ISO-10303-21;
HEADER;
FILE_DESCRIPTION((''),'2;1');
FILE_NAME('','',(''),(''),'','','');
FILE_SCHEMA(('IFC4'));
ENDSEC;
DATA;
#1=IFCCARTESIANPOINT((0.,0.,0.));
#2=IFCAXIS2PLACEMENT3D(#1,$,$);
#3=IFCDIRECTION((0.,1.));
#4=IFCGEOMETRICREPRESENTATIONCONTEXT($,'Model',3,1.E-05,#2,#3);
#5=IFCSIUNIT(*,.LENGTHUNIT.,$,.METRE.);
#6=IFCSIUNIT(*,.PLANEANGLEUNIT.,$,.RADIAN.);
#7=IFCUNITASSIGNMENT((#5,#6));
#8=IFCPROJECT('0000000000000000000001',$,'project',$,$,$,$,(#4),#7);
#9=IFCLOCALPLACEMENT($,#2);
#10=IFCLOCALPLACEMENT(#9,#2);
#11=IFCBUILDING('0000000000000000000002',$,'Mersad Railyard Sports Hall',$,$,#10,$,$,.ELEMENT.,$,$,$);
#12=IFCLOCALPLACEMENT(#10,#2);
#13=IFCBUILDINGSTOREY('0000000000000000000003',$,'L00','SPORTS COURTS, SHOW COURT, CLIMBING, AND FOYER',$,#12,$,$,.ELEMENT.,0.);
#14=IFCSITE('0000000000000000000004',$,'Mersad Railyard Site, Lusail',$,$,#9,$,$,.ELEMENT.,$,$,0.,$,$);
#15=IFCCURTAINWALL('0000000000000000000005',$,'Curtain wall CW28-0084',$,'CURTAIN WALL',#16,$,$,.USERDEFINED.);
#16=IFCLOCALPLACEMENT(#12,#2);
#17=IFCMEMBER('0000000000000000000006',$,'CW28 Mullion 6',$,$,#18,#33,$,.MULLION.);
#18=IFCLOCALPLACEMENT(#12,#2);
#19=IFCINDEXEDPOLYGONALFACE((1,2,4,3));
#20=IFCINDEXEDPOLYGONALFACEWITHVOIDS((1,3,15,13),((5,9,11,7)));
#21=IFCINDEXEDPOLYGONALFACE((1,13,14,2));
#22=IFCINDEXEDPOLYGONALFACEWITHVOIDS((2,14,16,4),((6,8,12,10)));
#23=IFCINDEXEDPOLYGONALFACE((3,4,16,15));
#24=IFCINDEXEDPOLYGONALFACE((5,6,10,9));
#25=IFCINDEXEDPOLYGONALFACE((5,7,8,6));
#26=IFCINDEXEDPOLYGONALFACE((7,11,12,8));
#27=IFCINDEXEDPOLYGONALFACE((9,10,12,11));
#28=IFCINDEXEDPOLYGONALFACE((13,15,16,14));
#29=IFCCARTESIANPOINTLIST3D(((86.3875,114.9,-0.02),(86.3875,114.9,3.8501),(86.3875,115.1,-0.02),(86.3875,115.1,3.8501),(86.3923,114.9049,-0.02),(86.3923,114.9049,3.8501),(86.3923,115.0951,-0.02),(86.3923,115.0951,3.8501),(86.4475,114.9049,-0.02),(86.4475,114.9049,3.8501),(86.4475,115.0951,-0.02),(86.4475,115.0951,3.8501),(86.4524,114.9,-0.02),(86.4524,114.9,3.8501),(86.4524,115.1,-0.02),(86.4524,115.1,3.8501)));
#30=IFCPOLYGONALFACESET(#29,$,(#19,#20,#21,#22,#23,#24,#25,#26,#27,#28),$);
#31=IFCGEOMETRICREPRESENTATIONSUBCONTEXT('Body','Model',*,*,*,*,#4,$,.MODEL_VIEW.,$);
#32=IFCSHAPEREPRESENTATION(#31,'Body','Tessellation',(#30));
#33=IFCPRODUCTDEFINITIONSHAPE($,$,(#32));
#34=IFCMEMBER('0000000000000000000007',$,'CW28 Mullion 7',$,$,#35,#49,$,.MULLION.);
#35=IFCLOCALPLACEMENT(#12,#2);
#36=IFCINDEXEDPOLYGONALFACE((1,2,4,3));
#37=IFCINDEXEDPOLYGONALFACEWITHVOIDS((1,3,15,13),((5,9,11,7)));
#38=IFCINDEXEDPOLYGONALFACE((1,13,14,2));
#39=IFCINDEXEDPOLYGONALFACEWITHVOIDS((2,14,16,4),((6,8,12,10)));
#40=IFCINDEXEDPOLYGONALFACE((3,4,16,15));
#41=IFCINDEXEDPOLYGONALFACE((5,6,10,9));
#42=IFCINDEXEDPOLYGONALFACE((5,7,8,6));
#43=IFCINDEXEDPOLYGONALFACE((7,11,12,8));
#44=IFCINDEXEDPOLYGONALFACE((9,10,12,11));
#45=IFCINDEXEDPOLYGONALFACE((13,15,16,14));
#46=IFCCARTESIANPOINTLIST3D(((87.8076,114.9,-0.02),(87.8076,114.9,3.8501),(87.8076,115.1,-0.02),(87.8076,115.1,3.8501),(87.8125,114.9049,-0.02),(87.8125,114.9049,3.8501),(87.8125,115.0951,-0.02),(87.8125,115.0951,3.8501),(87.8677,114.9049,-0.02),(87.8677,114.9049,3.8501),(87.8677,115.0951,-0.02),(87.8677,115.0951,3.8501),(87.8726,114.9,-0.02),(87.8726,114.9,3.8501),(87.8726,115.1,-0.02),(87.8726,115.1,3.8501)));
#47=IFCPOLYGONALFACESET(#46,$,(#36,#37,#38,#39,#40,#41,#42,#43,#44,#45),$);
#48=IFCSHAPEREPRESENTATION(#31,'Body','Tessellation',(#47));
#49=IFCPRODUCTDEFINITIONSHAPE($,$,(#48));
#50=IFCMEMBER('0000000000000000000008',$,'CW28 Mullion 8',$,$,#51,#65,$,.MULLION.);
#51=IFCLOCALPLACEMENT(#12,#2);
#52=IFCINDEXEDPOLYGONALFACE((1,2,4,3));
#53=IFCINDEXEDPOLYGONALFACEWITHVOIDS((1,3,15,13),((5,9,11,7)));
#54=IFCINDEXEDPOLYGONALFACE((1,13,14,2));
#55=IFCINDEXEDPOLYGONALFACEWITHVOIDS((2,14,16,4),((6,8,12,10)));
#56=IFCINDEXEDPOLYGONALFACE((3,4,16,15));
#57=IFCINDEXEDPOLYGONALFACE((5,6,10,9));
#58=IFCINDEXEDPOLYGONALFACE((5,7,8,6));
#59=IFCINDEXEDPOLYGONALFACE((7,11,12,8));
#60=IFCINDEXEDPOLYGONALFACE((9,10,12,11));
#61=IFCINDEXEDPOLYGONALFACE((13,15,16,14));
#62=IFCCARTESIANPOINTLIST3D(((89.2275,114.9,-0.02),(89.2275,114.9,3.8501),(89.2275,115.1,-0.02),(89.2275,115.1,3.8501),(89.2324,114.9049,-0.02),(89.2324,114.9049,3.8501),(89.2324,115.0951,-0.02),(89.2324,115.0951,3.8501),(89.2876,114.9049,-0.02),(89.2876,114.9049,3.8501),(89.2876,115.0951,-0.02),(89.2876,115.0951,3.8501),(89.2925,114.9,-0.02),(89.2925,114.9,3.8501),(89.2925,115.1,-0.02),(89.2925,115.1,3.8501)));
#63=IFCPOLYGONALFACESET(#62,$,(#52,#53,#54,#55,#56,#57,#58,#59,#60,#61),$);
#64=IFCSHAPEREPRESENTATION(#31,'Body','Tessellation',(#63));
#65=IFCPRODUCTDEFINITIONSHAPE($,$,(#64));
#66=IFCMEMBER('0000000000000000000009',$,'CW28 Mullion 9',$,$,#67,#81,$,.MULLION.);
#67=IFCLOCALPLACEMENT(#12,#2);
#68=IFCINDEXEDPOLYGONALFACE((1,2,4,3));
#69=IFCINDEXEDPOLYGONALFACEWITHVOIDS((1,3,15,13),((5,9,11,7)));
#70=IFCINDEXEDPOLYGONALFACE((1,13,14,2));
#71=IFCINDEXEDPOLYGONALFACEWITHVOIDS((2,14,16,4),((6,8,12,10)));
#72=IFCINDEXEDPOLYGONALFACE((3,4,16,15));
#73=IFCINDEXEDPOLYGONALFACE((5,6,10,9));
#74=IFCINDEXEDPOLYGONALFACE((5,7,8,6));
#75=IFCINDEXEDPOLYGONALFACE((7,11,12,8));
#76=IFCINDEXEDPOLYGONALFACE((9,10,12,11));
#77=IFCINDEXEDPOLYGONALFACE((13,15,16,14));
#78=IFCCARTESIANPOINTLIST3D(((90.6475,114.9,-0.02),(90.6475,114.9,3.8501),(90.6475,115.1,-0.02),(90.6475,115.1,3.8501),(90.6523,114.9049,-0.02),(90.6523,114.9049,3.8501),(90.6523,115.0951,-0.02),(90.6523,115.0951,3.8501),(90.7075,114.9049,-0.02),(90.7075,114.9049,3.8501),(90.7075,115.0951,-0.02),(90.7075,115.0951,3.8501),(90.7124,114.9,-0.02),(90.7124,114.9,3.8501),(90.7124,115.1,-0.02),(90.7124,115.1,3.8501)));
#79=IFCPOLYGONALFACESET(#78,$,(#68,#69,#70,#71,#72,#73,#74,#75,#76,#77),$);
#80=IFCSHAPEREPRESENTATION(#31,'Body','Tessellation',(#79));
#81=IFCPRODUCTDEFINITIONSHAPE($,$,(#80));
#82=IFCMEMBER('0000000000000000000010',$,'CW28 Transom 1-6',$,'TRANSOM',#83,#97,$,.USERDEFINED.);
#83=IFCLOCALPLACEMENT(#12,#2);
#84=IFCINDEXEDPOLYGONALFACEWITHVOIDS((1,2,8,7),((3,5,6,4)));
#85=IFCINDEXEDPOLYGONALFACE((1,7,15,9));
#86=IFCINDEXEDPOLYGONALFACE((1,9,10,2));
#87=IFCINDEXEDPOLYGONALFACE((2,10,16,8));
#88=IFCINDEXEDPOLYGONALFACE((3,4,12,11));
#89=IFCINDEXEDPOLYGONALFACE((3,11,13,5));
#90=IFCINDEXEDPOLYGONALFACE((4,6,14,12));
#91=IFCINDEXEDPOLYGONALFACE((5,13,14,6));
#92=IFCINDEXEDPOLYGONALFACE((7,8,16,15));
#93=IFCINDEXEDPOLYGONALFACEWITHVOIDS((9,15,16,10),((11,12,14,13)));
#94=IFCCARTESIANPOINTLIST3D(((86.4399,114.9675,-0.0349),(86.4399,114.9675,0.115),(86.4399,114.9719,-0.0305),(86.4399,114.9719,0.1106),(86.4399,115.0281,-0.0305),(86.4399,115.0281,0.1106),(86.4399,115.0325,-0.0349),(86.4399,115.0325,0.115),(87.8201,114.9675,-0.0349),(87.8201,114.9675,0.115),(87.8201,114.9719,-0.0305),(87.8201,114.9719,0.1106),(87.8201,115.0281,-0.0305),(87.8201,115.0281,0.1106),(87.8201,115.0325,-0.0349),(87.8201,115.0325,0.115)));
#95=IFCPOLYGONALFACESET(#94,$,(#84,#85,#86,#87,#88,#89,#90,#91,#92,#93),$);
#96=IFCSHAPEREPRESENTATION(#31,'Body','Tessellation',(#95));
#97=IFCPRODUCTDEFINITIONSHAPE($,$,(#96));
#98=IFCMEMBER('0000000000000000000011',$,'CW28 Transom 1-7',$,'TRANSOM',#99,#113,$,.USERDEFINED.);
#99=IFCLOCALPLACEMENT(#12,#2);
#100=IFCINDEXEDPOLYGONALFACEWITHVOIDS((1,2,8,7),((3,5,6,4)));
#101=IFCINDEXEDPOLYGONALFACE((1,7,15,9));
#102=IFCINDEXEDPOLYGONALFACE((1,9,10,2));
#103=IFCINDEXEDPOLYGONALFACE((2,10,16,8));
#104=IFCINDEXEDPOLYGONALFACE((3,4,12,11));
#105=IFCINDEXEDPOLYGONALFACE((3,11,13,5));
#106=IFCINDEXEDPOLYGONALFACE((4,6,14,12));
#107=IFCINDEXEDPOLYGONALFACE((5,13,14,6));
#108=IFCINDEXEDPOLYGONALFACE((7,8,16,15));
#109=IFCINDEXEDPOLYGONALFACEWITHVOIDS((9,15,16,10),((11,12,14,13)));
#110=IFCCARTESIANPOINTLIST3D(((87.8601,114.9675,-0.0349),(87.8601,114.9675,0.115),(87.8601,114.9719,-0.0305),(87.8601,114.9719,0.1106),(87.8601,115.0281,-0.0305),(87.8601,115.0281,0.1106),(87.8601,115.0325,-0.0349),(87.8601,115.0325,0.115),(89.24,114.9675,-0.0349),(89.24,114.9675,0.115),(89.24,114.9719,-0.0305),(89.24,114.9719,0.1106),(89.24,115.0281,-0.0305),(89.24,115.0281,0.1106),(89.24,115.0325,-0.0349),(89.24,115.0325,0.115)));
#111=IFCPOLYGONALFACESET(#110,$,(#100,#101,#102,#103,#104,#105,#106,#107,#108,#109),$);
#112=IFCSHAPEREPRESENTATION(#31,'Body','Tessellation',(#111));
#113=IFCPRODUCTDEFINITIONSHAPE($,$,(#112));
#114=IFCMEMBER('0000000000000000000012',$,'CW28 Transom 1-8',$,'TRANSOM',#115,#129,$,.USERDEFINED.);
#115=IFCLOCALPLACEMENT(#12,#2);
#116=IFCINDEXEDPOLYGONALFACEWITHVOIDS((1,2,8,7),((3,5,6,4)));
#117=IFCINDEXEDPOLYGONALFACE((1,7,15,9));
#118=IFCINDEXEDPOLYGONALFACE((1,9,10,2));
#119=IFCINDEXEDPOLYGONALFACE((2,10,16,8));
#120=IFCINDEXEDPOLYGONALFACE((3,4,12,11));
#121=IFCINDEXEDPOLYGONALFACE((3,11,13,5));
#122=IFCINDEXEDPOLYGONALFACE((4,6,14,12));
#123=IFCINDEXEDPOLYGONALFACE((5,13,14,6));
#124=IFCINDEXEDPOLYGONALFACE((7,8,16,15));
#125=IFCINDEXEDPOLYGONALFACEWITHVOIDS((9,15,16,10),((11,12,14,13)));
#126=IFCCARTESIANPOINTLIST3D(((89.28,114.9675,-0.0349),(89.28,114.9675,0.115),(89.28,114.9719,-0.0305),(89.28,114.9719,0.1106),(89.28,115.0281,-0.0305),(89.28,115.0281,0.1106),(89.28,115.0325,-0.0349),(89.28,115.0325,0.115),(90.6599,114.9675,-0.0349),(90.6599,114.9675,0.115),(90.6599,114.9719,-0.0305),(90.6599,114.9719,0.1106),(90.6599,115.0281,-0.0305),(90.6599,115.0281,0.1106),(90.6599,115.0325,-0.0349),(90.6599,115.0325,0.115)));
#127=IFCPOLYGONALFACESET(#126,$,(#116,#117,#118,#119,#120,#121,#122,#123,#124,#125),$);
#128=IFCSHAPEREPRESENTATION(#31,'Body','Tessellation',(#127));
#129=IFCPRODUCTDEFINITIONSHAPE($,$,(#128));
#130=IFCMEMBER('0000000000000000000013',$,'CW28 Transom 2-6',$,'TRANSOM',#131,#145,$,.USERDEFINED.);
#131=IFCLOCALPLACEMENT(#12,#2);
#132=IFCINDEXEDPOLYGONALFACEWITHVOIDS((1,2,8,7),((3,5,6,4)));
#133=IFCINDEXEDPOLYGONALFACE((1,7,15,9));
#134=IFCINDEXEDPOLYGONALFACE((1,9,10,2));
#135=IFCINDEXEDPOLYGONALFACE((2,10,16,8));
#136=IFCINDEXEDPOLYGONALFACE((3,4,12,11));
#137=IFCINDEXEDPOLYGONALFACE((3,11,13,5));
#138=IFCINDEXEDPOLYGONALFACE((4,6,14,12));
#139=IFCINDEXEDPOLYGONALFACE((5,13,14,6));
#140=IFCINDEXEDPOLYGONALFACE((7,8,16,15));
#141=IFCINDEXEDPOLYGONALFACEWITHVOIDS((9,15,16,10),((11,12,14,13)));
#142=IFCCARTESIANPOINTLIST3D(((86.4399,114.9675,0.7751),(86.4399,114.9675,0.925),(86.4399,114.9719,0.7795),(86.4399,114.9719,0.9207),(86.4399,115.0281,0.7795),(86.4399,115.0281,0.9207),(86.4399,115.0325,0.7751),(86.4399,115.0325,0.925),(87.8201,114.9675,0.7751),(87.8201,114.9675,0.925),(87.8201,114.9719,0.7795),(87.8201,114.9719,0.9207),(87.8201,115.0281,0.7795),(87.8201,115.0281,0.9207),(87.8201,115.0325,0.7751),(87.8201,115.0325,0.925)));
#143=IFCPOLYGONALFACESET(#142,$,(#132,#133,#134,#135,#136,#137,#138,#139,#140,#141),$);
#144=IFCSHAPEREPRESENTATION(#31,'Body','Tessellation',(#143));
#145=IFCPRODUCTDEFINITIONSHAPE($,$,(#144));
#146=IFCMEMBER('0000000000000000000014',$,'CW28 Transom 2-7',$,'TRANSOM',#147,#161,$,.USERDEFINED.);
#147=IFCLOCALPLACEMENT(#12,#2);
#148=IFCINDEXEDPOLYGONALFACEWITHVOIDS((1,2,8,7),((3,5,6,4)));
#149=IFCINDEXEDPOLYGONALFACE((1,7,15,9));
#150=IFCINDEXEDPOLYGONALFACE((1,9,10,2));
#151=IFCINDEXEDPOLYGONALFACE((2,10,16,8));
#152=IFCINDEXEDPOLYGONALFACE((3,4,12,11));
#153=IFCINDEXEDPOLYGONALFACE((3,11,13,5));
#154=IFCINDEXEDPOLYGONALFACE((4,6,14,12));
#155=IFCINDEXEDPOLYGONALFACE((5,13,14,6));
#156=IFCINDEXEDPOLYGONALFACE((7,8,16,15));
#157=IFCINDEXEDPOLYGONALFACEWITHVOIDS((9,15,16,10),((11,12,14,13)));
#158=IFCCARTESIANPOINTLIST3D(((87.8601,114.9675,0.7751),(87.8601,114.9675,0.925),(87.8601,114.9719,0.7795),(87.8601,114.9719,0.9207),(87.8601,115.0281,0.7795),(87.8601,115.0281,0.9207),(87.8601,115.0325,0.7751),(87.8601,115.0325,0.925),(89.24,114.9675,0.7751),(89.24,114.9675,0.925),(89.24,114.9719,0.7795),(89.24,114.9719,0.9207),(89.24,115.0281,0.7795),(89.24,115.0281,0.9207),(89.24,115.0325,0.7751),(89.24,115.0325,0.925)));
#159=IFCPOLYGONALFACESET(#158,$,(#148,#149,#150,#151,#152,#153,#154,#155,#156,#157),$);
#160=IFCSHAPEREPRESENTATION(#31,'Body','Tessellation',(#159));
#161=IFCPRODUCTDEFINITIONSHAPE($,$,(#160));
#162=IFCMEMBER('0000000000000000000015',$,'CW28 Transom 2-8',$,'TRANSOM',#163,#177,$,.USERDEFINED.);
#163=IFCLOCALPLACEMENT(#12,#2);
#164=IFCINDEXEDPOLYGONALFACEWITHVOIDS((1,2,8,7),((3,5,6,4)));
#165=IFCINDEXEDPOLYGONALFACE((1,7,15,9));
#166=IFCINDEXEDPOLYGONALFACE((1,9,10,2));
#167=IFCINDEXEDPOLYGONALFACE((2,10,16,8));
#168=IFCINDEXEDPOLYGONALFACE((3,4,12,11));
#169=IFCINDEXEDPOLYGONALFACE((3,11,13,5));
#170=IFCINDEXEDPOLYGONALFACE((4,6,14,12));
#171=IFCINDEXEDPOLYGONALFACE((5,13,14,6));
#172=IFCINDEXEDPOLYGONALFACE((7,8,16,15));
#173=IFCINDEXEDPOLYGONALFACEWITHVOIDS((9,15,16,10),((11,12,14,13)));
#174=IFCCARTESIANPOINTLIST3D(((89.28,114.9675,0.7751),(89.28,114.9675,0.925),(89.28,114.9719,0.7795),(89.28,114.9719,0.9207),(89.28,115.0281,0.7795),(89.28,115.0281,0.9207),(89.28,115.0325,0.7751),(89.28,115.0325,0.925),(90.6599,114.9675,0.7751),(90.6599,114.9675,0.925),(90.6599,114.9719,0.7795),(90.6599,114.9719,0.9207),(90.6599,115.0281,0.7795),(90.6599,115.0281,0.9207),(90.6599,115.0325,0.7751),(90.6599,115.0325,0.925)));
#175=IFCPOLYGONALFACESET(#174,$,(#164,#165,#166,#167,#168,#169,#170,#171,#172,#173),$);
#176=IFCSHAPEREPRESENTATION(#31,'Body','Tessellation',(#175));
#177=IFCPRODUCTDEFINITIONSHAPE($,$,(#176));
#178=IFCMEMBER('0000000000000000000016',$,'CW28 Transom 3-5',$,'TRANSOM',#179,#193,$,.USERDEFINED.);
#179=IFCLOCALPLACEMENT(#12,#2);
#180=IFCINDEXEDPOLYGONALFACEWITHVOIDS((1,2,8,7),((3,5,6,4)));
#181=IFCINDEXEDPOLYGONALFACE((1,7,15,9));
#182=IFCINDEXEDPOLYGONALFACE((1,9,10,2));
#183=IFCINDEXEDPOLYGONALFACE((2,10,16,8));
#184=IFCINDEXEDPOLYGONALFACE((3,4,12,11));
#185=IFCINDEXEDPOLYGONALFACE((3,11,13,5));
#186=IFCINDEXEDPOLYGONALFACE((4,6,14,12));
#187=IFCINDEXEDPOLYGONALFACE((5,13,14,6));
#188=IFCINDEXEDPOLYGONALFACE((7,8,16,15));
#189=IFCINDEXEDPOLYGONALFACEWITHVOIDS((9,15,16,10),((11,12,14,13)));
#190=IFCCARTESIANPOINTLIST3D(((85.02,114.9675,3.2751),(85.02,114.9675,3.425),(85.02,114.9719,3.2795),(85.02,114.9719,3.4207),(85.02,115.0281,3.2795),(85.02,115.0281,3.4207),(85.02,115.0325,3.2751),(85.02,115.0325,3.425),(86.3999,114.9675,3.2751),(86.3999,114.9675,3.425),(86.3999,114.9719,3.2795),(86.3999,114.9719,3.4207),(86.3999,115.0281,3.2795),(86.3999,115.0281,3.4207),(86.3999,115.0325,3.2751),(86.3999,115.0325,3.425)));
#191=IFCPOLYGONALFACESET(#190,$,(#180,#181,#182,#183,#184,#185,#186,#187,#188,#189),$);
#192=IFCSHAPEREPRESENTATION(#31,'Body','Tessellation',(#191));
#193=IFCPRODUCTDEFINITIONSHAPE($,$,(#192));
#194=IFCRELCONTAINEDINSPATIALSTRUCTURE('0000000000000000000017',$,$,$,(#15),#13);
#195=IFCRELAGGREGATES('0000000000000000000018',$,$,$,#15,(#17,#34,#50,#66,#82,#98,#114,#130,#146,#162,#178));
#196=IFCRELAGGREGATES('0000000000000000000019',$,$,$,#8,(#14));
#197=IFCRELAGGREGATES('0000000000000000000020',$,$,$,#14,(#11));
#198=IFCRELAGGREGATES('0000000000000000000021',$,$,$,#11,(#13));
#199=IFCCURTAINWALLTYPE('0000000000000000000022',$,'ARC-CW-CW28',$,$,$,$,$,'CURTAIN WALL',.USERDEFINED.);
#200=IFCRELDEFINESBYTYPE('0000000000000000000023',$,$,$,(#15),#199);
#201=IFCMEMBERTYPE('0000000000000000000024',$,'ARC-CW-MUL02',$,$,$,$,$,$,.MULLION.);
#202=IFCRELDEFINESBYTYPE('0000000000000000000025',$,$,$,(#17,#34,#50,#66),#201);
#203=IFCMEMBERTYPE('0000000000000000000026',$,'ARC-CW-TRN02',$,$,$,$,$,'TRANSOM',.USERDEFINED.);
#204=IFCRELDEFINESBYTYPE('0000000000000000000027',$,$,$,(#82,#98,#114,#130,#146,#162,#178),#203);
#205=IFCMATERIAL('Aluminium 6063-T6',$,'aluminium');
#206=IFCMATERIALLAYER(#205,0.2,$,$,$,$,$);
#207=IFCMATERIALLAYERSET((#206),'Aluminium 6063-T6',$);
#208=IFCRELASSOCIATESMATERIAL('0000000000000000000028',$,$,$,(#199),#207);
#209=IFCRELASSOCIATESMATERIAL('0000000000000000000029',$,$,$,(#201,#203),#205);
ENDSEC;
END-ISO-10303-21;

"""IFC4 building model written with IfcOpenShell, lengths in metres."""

from ifc_helpers import new_model, si_unit, direction, frame, origin, origin_2d, place, context, subcontext, project, spatial, hollow_rectangle, extrude, material, layer, layer_set, material_profile, profile_set, type_object, element, aggregate, save


model = new_model("IFC4")

# Units and contexts
model_context = context("Model", 3, precision=1e-05, world=origin(), true_north=direction((0.0, 1.0)))
body_context = subcontext(model_context, "Body", "Model", "MODEL_VIEW")
ifc_project = project(units=[si_unit("LENGTHUNIT", "METRE"), si_unit("PLANEANGLEUNIT", "RADIAN")], contexts=[model_context])

# Site, building, storey
site_placement = place(None, origin())
site = spatial("IfcSite", under=ifc_project, at=site_placement, Name="Mersad Railyard Site, Lusail", CompositionType="ELEMENT", RefElevation=0.0)
building_placement = place(site_placement, origin())
building = spatial("IfcBuilding", under=site, at=building_placement, Name="Mersad Railyard Sports Hall", CompositionType="ELEMENT")
storey_placement = place(building_placement, origin())
storey = spatial("IfcBuildingStorey", under=building, at=storey_placement, Name="L00", Description="SPORTS COURTS, SHOW COURT, CLIMBING, AND FOYER", CompositionType="ELEMENT", Elevation=0.0)

# Curtain wall, members
ifc_material_1 = material(Name="Aluminium 6063-T6", Category="aluminium")
ifc_layer_1 = layer(ifc_material_1, 0.2)
ifc_layer_set_1 = layer_set([ifc_layer_1], Name="Aluminium 6063-T6")
curtain_wall_type = type_object("IfcCurtainWallType", Name="ARC-CW-CW28", ElementType="CURTAIN WALL", PredefinedType="USERDEFINED", material=ifc_layer_set_1)
curtain_wall_placement = place(storey_placement, origin())
curtain_wall = element("IfcCurtainWall", 1, at=curtain_wall_placement, inside=storey, type_object=curtain_wall_type, Name="Curtain wall CW28-0084", ObjectType="CURTAIN WALL", PredefinedType="USERDEFINED")
ifc_material_profile_1 = material_profile(ifc_material_1, hollow_rectangle(XDim=0.0649, YDim=0.2, WallThickness=0.0049, at=origin_2d()), Name="AL MULLION 65x200x5")
ifc_profile_set_1 = profile_set([ifc_material_profile_1], Name="Aluminium 6063-T6")
member_type_1 = type_object("IfcMemberType", Name="ARC-CW-MUL02", PredefinedType="MULLION", material=ifc_profile_set_1)
member_1_placement = place(storey_placement, frame((86.4199, 115.0, -0.02), z_axis=(0.0, 0.0, 1.0), x_axis=(1.0, 0.0, 0.0)))
member_1 = element("IfcMember", 2, at=member_1_placement, type_object=member_type_1, Name="CW28 Mullion 6", PredefinedType="MULLION", context=body_context, shape_type="SweptSolid", body=[
    extrude(hollow_rectangle(XDim=0.0649, YDim=0.2, WallThickness=0.0049, at=origin_2d()), origin(), (0.0, 0.0, 1.0), 3.8701),
])
member_2_placement = place(storey_placement, frame((87.8401, 115.0, -0.02), z_axis=(0.0, 0.0, 1.0), x_axis=(1.0, 0.0, 0.0)))
member_2 = element("IfcMember", 3, at=member_2_placement, type_object=member_type_1, Name="CW28 Mullion 7", PredefinedType="MULLION", context=body_context, shape_type="SweptSolid", body=[
    extrude(hollow_rectangle(XDim=0.0649, YDim=0.2, WallThickness=0.0049, at=origin_2d()), origin(), (0.0, 0.0, 1.0), 3.8701),
])
member_3_placement = place(storey_placement, frame((89.26, 115.0, -0.02), z_axis=(0.0, 0.0, 1.0), x_axis=(1.0, 0.0, 0.0)))
member_3 = element("IfcMember", 4, at=member_3_placement, type_object=member_type_1, Name="CW28 Mullion 8", PredefinedType="MULLION", context=body_context, shape_type="SweptSolid", body=[
    extrude(hollow_rectangle(XDim=0.0649, YDim=0.2, WallThickness=0.0049, at=origin_2d()), origin(), (0.0, 0.0, 1.0), 3.8701),
])
member_4_placement = place(storey_placement, frame((90.6799, 115.0, -0.02), z_axis=(0.0, 0.0, 1.0), x_axis=(1.0, 0.0, 0.0)))
member_4 = element("IfcMember", 5, at=member_4_placement, type_object=member_type_1, Name="CW28 Mullion 9", PredefinedType="MULLION", context=body_context, shape_type="SweptSolid", body=[
    extrude(hollow_rectangle(XDim=0.0649, YDim=0.2, WallThickness=0.0049, at=origin_2d()), origin(), (0.0, 0.0, 1.0), 3.8701),
])
ifc_material_profile_2 = material_profile(ifc_material_1, hollow_rectangle(XDim=0.0649, YDim=0.1499, WallThickness=0.0044, at=origin_2d()), Name="AL TRANSOM 65x150x4.5")
ifc_profile_set_2 = profile_set([ifc_material_profile_2], Name="Aluminium 6063-T6")
member_type_2 = type_object("IfcMemberType", Name="ARC-CW-TRN02", ElementType="TRANSOM", PredefinedType="USERDEFINED", material=ifc_profile_set_2)
member_5_placement = place(storey_placement, frame((86.4399, 115.0, 0.04), z_axis=(1.0, 0.0, 0.0), x_axis=(0.0, 1.0, 0.0)))
member_5 = element("IfcMember", 6, at=member_5_placement, type_object=member_type_2, Name="CW28 Transom 1-6", ObjectType="TRANSOM", PredefinedType="USERDEFINED", context=body_context, shape_type="SweptSolid", body=[
    extrude(hollow_rectangle(XDim=0.0649, YDim=0.1499, WallThickness=0.0044, at=origin_2d()), origin(), (0.0, 0.0, 1.0), 1.3801),
])
member_6_placement = place(storey_placement, frame((87.8601, 115.0, 0.04), z_axis=(1.0, 0.0, 0.0), x_axis=(0.0, 1.0, 0.0)))
member_6 = element("IfcMember", 7, at=member_6_placement, type_object=member_type_2, Name="CW28 Transom 1-7", ObjectType="TRANSOM", PredefinedType="USERDEFINED", context=body_context, shape_type="SweptSolid", body=[
    extrude(hollow_rectangle(XDim=0.0649, YDim=0.1499, WallThickness=0.0044, at=origin_2d()), origin(), (0.0, 0.0, 1.0), 1.3799),
])
member_7_placement = place(storey_placement, frame((89.28, 115.0, 0.04), z_axis=(1.0, 0.0, 0.0), x_axis=(0.0, 1.0, 0.0)))
member_7 = element("IfcMember", 8, at=member_7_placement, type_object=member_type_2, Name="CW28 Transom 1-8", ObjectType="TRANSOM", PredefinedType="USERDEFINED", context=body_context, shape_type="SweptSolid", body=[
    extrude(hollow_rectangle(XDim=0.0649, YDim=0.1499, WallThickness=0.0044, at=origin_2d()), origin(), (0.0, 0.0, 1.0), 1.3799),
])
member_8_placement = place(storey_placement, frame((86.4399, 115.0, 0.8501), z_axis=(1.0, 0.0, 0.0), x_axis=(0.0, 1.0, 0.0)))
member_8 = element("IfcMember", 9, at=member_8_placement, type_object=member_type_2, Name="CW28 Transom 2-6", ObjectType="TRANSOM", PredefinedType="USERDEFINED", context=body_context, shape_type="SweptSolid", body=[
    extrude(hollow_rectangle(XDim=0.0649, YDim=0.1499, WallThickness=0.0044, at=origin_2d()), origin(), (0.0, 0.0, 1.0), 1.3801),
])
member_9_placement = place(storey_placement, frame((87.8601, 115.0, 0.8501), z_axis=(1.0, 0.0, 0.0), x_axis=(0.0, 1.0, 0.0)))
member_9 = element("IfcMember", 10, at=member_9_placement, type_object=member_type_2, Name="CW28 Transom 2-7", ObjectType="TRANSOM", PredefinedType="USERDEFINED", context=body_context, shape_type="SweptSolid", body=[
    extrude(hollow_rectangle(XDim=0.0649, YDim=0.1499, WallThickness=0.0044, at=origin_2d()), origin(), (0.0, 0.0, 1.0), 1.3799),
])
member_10_placement = place(storey_placement, frame((89.28, 115.0, 0.8501), z_axis=(1.0, 0.0, 0.0), x_axis=(0.0, 1.0, 0.0)))
member_10 = element("IfcMember", 11, at=member_10_placement, type_object=member_type_2, Name="CW28 Transom 2-8", ObjectType="TRANSOM", PredefinedType="USERDEFINED", context=body_context, shape_type="SweptSolid", body=[
    extrude(hollow_rectangle(XDim=0.0649, YDim=0.1499, WallThickness=0.0044, at=origin_2d()), origin(), (0.0, 0.0, 1.0), 1.3799),
])
member_11_placement = place(storey_placement, frame((85.02, 115.0, 3.3501), z_axis=(1.0, 0.0, 0.0), x_axis=(0.0, 1.0, 0.0)))
member_11 = element("IfcMember", 12, at=member_11_placement, type_object=member_type_2, Name="CW28 Transom 3-5", ObjectType="TRANSOM", PredefinedType="USERDEFINED", context=body_context, shape_type="SweptSolid", body=[
    extrude(hollow_rectangle(XDim=0.0649, YDim=0.1499, WallThickness=0.0044, at=origin_2d()), origin(), (0.0, 0.0, 1.0), 1.3799),
])
aggregate(curtain_wall, [member_1, member_2, member_3, member_4, member_5, member_6, member_7, member_8, member_9, member_10, member_11])

save(model, "model.ifc")
